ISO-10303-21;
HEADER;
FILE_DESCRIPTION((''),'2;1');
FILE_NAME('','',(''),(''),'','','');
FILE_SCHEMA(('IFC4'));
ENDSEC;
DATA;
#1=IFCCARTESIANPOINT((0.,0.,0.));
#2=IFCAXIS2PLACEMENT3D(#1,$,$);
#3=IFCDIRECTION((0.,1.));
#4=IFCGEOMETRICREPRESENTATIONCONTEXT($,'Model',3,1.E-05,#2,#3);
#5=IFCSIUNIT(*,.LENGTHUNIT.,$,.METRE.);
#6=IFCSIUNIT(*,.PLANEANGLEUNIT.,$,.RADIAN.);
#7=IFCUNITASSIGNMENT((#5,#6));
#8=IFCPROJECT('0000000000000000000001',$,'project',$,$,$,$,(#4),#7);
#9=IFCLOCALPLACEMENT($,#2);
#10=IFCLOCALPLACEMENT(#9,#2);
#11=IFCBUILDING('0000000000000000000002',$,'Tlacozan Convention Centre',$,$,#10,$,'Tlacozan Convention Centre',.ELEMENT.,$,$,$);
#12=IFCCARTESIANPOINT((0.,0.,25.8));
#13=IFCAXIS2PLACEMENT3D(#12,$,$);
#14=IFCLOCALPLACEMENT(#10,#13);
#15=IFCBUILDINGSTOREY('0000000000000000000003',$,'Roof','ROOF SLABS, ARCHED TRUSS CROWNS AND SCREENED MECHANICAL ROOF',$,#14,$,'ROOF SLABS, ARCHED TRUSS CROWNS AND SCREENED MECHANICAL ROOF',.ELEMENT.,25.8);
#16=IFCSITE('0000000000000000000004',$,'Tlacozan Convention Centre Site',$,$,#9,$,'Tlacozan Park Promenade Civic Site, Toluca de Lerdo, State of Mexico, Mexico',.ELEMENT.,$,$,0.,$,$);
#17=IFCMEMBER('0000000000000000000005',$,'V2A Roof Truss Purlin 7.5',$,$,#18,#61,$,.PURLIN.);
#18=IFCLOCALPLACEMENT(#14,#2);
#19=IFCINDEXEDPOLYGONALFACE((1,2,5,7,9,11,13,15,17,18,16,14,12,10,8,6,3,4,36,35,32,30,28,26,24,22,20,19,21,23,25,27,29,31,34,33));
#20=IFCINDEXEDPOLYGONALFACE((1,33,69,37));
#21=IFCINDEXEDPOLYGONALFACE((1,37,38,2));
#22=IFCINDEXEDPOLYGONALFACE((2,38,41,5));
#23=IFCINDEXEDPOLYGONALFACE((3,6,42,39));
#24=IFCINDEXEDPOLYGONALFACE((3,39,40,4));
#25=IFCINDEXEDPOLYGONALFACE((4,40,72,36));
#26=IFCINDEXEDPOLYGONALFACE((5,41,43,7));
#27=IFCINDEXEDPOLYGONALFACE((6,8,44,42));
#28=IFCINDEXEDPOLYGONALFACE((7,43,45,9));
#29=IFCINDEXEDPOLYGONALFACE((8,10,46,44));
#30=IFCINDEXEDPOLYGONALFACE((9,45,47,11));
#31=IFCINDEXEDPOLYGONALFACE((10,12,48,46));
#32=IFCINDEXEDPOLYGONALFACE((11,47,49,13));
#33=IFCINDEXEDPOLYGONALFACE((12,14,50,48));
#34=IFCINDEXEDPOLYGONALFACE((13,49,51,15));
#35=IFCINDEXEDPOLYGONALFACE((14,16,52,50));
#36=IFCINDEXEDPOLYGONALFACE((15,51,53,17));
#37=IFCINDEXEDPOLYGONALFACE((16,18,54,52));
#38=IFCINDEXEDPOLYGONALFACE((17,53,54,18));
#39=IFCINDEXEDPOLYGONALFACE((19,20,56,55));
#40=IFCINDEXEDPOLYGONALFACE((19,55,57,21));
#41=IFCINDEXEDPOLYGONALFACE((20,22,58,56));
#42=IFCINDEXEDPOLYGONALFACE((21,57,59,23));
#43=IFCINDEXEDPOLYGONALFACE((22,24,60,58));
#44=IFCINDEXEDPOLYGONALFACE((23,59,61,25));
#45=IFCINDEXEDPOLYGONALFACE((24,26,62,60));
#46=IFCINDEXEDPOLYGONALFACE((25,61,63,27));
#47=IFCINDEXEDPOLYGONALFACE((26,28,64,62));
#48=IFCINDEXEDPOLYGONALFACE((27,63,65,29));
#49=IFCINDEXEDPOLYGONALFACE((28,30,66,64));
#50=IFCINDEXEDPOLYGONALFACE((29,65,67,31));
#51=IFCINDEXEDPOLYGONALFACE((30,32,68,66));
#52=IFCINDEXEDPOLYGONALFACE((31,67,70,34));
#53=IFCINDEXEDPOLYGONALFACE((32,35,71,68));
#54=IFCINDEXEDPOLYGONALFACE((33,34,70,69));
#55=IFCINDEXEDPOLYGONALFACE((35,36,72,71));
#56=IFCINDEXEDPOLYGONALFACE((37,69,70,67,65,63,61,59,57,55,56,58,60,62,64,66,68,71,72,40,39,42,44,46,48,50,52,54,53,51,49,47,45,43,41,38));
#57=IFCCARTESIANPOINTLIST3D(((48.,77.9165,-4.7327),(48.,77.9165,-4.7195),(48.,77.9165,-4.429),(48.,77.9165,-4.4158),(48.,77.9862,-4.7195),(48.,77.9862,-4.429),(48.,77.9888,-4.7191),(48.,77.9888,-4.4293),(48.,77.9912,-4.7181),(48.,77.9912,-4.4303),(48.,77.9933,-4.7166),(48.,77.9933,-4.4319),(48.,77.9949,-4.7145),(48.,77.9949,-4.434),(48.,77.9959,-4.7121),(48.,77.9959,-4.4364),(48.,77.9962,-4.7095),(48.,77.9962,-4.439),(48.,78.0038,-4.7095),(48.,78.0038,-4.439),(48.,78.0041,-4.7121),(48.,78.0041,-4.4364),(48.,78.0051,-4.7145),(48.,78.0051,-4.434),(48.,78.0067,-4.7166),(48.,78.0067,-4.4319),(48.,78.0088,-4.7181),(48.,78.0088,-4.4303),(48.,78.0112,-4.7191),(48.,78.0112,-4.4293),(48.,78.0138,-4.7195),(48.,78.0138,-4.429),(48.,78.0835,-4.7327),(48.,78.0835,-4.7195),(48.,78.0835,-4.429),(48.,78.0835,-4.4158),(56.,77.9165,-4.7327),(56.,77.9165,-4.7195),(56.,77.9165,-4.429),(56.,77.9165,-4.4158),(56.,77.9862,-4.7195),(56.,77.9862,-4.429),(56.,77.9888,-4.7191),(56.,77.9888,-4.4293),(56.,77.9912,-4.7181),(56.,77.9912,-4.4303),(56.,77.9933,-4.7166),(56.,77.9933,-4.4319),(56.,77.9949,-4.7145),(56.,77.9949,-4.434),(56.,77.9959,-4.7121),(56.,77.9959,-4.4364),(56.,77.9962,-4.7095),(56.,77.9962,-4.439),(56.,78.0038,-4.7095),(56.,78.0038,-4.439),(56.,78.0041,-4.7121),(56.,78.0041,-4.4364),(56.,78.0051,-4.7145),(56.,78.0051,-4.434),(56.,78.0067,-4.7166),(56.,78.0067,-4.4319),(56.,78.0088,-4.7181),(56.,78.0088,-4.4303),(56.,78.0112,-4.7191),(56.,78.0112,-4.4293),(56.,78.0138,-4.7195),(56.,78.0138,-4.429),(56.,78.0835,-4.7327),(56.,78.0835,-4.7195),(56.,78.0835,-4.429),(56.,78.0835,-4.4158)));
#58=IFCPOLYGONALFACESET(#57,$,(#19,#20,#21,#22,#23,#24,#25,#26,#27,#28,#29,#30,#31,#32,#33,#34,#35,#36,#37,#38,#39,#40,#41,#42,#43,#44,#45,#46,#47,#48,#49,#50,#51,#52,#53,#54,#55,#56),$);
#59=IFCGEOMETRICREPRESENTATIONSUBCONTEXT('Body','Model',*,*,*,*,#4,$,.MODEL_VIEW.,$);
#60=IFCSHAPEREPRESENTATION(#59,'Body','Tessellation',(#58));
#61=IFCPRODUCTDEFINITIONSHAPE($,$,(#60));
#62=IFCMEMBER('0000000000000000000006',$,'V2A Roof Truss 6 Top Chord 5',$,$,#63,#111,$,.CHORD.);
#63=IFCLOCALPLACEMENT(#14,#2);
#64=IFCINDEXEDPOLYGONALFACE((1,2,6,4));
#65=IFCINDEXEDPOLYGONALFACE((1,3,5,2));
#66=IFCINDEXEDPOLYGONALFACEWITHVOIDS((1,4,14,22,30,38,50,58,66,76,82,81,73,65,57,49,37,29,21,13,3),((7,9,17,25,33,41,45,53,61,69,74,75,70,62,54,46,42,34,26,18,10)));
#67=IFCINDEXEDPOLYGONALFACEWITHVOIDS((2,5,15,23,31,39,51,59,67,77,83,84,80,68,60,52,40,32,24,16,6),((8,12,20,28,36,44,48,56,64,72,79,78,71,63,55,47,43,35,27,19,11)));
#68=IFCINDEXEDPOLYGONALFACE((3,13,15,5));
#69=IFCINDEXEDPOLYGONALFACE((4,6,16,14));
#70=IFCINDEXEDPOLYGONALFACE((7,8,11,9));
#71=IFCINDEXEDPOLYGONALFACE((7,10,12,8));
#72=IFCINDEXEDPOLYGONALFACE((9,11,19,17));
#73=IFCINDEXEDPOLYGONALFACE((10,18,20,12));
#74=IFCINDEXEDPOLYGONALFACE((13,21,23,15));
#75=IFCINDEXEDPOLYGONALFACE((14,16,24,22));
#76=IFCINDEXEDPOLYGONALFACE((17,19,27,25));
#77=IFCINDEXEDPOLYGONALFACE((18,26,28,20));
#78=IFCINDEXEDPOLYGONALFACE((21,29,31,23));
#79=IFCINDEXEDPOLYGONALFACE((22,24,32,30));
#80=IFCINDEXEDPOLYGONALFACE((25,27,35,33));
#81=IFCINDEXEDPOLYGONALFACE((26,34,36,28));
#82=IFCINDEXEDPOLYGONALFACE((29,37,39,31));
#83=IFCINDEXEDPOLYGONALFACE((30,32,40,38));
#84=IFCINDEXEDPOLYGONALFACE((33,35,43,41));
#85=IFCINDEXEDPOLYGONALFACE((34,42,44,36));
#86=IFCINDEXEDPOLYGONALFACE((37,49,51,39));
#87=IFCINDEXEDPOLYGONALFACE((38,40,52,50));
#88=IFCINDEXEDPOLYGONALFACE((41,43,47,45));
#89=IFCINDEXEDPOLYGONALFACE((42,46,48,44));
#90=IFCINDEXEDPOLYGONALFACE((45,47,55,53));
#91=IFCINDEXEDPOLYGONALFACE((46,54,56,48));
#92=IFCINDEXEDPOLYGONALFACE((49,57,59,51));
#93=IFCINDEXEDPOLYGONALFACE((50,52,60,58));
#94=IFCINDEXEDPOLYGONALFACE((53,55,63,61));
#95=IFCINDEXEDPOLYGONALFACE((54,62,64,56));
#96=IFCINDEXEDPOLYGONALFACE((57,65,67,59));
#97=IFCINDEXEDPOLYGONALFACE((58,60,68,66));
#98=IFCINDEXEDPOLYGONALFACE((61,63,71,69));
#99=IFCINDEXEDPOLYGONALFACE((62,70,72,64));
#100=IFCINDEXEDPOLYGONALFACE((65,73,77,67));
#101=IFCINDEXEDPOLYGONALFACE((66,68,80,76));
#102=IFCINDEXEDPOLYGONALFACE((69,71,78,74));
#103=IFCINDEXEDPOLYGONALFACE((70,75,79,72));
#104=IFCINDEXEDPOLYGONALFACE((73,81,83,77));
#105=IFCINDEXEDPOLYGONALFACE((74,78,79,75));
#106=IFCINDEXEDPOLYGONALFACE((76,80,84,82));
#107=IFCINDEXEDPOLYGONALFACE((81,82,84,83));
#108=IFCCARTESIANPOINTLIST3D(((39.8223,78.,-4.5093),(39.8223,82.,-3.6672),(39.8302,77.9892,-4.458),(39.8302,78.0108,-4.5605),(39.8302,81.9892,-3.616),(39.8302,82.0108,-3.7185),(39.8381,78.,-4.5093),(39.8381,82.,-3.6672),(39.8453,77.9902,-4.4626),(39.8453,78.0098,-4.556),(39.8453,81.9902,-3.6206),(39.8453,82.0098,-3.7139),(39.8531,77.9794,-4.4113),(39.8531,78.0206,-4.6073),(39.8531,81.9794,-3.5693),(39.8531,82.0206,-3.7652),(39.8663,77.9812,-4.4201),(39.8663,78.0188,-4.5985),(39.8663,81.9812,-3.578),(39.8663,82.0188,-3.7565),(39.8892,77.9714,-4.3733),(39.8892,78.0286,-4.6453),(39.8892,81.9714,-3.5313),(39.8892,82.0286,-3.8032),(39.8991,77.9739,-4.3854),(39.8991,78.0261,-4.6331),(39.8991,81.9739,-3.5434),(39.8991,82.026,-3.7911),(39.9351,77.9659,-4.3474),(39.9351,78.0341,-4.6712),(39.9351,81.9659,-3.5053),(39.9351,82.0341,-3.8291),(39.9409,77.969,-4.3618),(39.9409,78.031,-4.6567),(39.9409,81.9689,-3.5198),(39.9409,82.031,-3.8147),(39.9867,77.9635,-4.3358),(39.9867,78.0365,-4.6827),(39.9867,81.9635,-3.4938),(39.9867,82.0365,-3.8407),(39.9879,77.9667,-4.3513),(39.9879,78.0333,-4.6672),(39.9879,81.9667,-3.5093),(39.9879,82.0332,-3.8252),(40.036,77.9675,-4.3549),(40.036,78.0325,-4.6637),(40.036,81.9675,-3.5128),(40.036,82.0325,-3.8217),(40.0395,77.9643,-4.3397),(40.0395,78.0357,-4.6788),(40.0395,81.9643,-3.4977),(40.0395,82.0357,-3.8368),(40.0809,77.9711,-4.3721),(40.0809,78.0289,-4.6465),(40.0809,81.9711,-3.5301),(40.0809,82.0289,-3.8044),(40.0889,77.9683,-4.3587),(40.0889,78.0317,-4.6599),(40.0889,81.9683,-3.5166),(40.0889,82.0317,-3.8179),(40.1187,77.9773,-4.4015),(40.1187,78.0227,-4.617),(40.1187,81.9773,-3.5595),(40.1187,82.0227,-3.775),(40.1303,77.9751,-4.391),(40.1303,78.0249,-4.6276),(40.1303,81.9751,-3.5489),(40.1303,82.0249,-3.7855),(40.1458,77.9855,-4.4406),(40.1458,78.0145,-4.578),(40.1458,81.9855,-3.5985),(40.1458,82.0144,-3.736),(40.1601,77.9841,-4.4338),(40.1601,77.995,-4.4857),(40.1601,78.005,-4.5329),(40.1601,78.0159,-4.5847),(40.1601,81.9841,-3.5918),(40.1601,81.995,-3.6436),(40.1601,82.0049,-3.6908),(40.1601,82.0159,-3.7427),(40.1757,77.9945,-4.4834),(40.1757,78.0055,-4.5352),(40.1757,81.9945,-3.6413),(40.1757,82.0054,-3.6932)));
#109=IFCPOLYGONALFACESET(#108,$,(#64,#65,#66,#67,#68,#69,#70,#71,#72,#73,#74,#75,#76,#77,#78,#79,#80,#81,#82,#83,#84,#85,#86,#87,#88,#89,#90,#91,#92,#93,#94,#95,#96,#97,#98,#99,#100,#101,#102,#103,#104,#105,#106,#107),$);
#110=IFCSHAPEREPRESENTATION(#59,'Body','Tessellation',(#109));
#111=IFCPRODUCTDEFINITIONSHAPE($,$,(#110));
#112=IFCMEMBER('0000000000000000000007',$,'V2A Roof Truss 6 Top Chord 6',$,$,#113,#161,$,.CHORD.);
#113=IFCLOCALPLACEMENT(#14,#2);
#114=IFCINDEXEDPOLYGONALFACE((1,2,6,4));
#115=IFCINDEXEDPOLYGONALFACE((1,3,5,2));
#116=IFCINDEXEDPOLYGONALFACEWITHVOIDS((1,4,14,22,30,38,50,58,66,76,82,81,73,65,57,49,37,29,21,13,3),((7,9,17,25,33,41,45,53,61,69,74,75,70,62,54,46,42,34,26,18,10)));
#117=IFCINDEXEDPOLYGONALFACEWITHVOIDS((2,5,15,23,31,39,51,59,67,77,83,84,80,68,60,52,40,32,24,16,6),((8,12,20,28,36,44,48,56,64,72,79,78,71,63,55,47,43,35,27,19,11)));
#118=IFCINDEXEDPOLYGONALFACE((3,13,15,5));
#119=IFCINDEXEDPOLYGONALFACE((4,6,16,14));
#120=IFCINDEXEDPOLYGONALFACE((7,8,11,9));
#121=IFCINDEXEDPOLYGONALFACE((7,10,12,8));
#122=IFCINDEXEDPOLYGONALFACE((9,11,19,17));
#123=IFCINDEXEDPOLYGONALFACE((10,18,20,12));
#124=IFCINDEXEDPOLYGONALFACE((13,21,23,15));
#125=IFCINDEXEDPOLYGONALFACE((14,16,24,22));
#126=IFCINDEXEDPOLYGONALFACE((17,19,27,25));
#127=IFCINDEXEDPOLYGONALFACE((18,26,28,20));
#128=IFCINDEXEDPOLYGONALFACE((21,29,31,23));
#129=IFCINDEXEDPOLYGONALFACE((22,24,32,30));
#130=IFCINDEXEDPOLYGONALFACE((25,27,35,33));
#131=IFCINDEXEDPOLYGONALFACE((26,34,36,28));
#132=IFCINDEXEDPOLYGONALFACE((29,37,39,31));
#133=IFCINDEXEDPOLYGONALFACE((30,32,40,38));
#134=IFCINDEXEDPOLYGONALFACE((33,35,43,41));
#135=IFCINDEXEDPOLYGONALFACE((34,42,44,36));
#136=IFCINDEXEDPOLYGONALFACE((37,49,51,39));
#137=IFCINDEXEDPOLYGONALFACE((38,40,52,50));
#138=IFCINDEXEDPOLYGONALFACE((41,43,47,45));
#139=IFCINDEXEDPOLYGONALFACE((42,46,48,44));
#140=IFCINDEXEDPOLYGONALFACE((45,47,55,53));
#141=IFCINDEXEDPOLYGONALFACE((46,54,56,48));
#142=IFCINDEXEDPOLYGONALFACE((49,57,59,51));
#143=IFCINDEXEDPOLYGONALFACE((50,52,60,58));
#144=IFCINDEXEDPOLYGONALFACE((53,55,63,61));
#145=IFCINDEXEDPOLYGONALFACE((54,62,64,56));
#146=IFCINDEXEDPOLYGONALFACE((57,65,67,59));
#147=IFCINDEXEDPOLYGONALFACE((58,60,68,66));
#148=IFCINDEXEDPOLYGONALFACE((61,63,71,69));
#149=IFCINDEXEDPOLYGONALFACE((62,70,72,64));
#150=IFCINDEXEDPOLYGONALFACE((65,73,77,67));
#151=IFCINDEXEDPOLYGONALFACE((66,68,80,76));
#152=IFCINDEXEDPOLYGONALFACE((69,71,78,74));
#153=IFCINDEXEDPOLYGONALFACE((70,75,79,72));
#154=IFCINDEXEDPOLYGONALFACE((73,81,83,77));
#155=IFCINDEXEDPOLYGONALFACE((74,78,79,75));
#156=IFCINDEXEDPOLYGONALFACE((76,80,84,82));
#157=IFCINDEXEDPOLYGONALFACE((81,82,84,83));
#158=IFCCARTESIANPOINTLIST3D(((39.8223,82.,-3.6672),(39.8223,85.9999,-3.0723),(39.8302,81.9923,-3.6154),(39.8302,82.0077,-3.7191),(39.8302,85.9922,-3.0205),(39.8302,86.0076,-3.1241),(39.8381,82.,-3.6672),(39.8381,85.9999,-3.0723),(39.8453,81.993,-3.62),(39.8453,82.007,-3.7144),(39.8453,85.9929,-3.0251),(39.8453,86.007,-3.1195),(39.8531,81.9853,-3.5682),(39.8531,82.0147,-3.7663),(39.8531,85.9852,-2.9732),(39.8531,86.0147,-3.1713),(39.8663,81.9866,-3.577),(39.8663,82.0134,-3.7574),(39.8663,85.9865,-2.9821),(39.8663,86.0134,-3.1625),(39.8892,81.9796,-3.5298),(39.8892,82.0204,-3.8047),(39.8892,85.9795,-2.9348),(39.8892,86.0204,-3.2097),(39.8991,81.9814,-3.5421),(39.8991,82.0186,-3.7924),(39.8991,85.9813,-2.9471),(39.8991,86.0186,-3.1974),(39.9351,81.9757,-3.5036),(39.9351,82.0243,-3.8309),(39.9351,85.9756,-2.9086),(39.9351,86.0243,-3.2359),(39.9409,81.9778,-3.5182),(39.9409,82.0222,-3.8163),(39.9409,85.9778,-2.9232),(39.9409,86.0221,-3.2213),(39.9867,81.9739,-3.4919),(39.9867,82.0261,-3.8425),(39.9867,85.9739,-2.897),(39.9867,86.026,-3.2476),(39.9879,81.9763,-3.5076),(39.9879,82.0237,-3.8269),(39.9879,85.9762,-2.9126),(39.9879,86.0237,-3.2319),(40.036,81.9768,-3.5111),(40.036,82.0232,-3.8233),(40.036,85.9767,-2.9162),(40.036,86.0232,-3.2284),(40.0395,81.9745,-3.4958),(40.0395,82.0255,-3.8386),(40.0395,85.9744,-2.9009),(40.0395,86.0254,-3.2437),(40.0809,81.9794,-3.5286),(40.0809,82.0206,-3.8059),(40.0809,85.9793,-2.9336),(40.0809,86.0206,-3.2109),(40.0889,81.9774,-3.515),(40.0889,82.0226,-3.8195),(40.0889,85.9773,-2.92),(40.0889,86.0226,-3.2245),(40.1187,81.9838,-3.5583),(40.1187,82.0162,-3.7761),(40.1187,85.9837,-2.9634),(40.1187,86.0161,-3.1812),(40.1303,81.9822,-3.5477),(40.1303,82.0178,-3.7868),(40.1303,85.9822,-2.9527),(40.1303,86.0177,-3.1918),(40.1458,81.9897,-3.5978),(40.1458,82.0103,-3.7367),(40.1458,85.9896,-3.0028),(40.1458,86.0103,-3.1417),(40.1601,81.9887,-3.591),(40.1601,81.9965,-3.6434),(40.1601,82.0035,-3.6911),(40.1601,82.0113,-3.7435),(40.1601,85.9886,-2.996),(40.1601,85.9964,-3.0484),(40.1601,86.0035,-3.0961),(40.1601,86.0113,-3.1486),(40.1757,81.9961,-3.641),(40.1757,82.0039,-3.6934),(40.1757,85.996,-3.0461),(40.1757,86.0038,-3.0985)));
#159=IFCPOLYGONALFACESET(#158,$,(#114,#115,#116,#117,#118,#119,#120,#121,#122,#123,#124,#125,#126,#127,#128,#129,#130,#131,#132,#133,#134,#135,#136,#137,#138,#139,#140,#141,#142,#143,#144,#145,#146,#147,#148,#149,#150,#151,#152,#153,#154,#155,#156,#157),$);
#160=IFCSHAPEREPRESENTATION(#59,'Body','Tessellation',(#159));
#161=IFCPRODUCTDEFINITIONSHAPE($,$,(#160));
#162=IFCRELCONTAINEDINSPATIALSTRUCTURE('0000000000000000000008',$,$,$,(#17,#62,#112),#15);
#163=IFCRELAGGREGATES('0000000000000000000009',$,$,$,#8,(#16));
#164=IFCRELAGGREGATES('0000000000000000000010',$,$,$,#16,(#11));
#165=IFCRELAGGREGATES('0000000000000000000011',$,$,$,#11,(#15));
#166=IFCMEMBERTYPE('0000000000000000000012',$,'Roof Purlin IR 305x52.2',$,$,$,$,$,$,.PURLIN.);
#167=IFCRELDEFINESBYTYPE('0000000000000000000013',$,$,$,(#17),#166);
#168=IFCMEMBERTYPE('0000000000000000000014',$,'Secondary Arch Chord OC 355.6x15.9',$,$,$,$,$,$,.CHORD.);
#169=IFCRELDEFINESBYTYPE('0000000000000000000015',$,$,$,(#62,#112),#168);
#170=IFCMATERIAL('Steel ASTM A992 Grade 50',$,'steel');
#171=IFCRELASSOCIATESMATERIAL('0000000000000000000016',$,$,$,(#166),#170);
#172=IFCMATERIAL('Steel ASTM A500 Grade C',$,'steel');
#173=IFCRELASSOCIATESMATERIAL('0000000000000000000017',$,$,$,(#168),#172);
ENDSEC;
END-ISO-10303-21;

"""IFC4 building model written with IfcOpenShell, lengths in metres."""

from ifc_helpers import new_model, si_unit, direction, frame, origin, origin_2d, place, context, subcontext, project, spatial, hollow_circle, i_section, extrude, material, material_profile, profile_set, type_object, element, save


model = new_model("IFC4")

# Units and contexts
model_context = context("Model", 3, precision=1e-05, world=origin(), true_north=direction((0.0, 1.0)))
body_context = subcontext(model_context, "Body", "Model", "MODEL_VIEW")
ifc_project = project(units=[si_unit("LENGTHUNIT", "METRE"), si_unit("PLANEANGLEUNIT", "RADIAN")], contexts=[model_context])

# Site, building, storey
site_placement = place(None, origin())
site = spatial("IfcSite", under=ifc_project, at=site_placement, Name="Tlacozan Convention Centre Site", LongName="Tlacozan Park Promenade Civic Site, Toluca de Lerdo, State of Mexico, Mexico", CompositionType="ELEMENT", RefElevation=0.0)
building_placement = place(site_placement, origin())
building = spatial("IfcBuilding", under=site, at=building_placement, Name="Tlacozan Convention Centre", LongName="Tlacozan Convention Centre", CompositionType="ELEMENT")
storey_placement = place(building_placement, frame((0.0, 0.0, 25.8)))
storey = spatial("IfcBuildingStorey", under=building, at=storey_placement, Name="Roof", Description="ROOF SLABS, ARCHED TRUSS CROWNS AND SCREENED MECHANICAL ROOF", LongName="ROOF SLABS, ARCHED TRUSS CROWNS AND SCREENED MECHANICAL ROOF", CompositionType="ELEMENT", Elevation=25.8)

# Members
ifc_material_1 = material(Name="Steel ASTM A500 Grade C", Category="steel")
ifc_material_2 = material(Name="Steel ASTM A992 Grade 50", Category="steel")
ifc_material_profile_1 = material_profile(ifc_material_2, i_section(OverallWidth=0.167, OverallDepth=0.3169, WebThickness=0.0076, FlangeThickness=0.0132, FilletRadius=0.01, at=origin_2d()), Name="IR 305x52.2")
ifc_profile_set_1 = profile_set([ifc_material_profile_1], Name="Steel ASTM A992 Grade 50")
member_type_1 = type_object("IfcMemberType", Name="Roof Purlin IR 305x52.2", PredefinedType="PURLIN", material=ifc_profile_set_1)
for number, where, z_axis, x_axis, name in (
    (1, (48.0, 78.0, -4.5742), (1.0, 0.0, 0.0), (0.0, 1.0, 0.0), "V2A Roof Truss Purlin 7.5"),
):
    element("IfcMember", number, at=place(storey_placement, frame(where, z_axis=z_axis, x_axis=x_axis)), inside=storey, type_object=member_type_1, Name=name, PredefinedType="PURLIN", context=body_context, shape_type="SweptSolid", body=[
        extrude(i_section(OverallWidth=0.167, OverallDepth=0.3169, WebThickness=0.0076, FlangeThickness=0.0132, FilletRadius=0.01, at=origin_2d()), origin(), (0.0, 0.0, 1.0), 8.0),
    ])
ifc_material_profile_2 = material_profile(ifc_material_1, hollow_circle(Radius=0.1777, WallThickness=0.0159, at=origin_2d()), Name="OC 355.6x15.9")
ifc_profile_set_2 = profile_set([ifc_material_profile_2], Name="Steel ASTM A500 Grade C")
member_type_2 = type_object("IfcMemberType", Name="Secondary Arch Chord OC 355.6x15.9", PredefinedType="CHORD", material=ifc_profile_set_2)
member_1_placement = place(storey_placement, frame((40.0, 78.0, -4.5093), z_axis=(0.0, 0.978553, 0.205995), x_axis=(-1.0, 0.0, 0.0)))
element("IfcMember", 2, at=member_1_placement, inside=storey, type_object=member_type_2, Name="V2A Roof Truss 6 Top Chord 5", PredefinedType="CHORD", context=body_context, shape_type="SweptSolid", body=[
    extrude(hollow_circle(Radius=0.1777, WallThickness=0.0159, at=origin_2d()), origin(), (0.0, 0.0, 1.0), 4.0876),
])
member_2_placement = place(storey_placement, frame((40.0, 82.0, -3.6672), z_axis=(0.0, 0.989118, 0.147124), x_axis=(-1.0, 0.0, 0.0)))
element("IfcMember", 3, at=member_2_placement, inside=storey, type_object=member_type_2, Name="V2A Roof Truss 6 Top Chord 6", PredefinedType="CHORD", context=body_context, shape_type="SweptSolid", body=[
    extrude(hollow_circle(Radius=0.1777, WallThickness=0.0159, at=origin_2d()), origin(), (0.0, 0.0, 1.0), 4.0439),
])

save(model, "model.ifc")
